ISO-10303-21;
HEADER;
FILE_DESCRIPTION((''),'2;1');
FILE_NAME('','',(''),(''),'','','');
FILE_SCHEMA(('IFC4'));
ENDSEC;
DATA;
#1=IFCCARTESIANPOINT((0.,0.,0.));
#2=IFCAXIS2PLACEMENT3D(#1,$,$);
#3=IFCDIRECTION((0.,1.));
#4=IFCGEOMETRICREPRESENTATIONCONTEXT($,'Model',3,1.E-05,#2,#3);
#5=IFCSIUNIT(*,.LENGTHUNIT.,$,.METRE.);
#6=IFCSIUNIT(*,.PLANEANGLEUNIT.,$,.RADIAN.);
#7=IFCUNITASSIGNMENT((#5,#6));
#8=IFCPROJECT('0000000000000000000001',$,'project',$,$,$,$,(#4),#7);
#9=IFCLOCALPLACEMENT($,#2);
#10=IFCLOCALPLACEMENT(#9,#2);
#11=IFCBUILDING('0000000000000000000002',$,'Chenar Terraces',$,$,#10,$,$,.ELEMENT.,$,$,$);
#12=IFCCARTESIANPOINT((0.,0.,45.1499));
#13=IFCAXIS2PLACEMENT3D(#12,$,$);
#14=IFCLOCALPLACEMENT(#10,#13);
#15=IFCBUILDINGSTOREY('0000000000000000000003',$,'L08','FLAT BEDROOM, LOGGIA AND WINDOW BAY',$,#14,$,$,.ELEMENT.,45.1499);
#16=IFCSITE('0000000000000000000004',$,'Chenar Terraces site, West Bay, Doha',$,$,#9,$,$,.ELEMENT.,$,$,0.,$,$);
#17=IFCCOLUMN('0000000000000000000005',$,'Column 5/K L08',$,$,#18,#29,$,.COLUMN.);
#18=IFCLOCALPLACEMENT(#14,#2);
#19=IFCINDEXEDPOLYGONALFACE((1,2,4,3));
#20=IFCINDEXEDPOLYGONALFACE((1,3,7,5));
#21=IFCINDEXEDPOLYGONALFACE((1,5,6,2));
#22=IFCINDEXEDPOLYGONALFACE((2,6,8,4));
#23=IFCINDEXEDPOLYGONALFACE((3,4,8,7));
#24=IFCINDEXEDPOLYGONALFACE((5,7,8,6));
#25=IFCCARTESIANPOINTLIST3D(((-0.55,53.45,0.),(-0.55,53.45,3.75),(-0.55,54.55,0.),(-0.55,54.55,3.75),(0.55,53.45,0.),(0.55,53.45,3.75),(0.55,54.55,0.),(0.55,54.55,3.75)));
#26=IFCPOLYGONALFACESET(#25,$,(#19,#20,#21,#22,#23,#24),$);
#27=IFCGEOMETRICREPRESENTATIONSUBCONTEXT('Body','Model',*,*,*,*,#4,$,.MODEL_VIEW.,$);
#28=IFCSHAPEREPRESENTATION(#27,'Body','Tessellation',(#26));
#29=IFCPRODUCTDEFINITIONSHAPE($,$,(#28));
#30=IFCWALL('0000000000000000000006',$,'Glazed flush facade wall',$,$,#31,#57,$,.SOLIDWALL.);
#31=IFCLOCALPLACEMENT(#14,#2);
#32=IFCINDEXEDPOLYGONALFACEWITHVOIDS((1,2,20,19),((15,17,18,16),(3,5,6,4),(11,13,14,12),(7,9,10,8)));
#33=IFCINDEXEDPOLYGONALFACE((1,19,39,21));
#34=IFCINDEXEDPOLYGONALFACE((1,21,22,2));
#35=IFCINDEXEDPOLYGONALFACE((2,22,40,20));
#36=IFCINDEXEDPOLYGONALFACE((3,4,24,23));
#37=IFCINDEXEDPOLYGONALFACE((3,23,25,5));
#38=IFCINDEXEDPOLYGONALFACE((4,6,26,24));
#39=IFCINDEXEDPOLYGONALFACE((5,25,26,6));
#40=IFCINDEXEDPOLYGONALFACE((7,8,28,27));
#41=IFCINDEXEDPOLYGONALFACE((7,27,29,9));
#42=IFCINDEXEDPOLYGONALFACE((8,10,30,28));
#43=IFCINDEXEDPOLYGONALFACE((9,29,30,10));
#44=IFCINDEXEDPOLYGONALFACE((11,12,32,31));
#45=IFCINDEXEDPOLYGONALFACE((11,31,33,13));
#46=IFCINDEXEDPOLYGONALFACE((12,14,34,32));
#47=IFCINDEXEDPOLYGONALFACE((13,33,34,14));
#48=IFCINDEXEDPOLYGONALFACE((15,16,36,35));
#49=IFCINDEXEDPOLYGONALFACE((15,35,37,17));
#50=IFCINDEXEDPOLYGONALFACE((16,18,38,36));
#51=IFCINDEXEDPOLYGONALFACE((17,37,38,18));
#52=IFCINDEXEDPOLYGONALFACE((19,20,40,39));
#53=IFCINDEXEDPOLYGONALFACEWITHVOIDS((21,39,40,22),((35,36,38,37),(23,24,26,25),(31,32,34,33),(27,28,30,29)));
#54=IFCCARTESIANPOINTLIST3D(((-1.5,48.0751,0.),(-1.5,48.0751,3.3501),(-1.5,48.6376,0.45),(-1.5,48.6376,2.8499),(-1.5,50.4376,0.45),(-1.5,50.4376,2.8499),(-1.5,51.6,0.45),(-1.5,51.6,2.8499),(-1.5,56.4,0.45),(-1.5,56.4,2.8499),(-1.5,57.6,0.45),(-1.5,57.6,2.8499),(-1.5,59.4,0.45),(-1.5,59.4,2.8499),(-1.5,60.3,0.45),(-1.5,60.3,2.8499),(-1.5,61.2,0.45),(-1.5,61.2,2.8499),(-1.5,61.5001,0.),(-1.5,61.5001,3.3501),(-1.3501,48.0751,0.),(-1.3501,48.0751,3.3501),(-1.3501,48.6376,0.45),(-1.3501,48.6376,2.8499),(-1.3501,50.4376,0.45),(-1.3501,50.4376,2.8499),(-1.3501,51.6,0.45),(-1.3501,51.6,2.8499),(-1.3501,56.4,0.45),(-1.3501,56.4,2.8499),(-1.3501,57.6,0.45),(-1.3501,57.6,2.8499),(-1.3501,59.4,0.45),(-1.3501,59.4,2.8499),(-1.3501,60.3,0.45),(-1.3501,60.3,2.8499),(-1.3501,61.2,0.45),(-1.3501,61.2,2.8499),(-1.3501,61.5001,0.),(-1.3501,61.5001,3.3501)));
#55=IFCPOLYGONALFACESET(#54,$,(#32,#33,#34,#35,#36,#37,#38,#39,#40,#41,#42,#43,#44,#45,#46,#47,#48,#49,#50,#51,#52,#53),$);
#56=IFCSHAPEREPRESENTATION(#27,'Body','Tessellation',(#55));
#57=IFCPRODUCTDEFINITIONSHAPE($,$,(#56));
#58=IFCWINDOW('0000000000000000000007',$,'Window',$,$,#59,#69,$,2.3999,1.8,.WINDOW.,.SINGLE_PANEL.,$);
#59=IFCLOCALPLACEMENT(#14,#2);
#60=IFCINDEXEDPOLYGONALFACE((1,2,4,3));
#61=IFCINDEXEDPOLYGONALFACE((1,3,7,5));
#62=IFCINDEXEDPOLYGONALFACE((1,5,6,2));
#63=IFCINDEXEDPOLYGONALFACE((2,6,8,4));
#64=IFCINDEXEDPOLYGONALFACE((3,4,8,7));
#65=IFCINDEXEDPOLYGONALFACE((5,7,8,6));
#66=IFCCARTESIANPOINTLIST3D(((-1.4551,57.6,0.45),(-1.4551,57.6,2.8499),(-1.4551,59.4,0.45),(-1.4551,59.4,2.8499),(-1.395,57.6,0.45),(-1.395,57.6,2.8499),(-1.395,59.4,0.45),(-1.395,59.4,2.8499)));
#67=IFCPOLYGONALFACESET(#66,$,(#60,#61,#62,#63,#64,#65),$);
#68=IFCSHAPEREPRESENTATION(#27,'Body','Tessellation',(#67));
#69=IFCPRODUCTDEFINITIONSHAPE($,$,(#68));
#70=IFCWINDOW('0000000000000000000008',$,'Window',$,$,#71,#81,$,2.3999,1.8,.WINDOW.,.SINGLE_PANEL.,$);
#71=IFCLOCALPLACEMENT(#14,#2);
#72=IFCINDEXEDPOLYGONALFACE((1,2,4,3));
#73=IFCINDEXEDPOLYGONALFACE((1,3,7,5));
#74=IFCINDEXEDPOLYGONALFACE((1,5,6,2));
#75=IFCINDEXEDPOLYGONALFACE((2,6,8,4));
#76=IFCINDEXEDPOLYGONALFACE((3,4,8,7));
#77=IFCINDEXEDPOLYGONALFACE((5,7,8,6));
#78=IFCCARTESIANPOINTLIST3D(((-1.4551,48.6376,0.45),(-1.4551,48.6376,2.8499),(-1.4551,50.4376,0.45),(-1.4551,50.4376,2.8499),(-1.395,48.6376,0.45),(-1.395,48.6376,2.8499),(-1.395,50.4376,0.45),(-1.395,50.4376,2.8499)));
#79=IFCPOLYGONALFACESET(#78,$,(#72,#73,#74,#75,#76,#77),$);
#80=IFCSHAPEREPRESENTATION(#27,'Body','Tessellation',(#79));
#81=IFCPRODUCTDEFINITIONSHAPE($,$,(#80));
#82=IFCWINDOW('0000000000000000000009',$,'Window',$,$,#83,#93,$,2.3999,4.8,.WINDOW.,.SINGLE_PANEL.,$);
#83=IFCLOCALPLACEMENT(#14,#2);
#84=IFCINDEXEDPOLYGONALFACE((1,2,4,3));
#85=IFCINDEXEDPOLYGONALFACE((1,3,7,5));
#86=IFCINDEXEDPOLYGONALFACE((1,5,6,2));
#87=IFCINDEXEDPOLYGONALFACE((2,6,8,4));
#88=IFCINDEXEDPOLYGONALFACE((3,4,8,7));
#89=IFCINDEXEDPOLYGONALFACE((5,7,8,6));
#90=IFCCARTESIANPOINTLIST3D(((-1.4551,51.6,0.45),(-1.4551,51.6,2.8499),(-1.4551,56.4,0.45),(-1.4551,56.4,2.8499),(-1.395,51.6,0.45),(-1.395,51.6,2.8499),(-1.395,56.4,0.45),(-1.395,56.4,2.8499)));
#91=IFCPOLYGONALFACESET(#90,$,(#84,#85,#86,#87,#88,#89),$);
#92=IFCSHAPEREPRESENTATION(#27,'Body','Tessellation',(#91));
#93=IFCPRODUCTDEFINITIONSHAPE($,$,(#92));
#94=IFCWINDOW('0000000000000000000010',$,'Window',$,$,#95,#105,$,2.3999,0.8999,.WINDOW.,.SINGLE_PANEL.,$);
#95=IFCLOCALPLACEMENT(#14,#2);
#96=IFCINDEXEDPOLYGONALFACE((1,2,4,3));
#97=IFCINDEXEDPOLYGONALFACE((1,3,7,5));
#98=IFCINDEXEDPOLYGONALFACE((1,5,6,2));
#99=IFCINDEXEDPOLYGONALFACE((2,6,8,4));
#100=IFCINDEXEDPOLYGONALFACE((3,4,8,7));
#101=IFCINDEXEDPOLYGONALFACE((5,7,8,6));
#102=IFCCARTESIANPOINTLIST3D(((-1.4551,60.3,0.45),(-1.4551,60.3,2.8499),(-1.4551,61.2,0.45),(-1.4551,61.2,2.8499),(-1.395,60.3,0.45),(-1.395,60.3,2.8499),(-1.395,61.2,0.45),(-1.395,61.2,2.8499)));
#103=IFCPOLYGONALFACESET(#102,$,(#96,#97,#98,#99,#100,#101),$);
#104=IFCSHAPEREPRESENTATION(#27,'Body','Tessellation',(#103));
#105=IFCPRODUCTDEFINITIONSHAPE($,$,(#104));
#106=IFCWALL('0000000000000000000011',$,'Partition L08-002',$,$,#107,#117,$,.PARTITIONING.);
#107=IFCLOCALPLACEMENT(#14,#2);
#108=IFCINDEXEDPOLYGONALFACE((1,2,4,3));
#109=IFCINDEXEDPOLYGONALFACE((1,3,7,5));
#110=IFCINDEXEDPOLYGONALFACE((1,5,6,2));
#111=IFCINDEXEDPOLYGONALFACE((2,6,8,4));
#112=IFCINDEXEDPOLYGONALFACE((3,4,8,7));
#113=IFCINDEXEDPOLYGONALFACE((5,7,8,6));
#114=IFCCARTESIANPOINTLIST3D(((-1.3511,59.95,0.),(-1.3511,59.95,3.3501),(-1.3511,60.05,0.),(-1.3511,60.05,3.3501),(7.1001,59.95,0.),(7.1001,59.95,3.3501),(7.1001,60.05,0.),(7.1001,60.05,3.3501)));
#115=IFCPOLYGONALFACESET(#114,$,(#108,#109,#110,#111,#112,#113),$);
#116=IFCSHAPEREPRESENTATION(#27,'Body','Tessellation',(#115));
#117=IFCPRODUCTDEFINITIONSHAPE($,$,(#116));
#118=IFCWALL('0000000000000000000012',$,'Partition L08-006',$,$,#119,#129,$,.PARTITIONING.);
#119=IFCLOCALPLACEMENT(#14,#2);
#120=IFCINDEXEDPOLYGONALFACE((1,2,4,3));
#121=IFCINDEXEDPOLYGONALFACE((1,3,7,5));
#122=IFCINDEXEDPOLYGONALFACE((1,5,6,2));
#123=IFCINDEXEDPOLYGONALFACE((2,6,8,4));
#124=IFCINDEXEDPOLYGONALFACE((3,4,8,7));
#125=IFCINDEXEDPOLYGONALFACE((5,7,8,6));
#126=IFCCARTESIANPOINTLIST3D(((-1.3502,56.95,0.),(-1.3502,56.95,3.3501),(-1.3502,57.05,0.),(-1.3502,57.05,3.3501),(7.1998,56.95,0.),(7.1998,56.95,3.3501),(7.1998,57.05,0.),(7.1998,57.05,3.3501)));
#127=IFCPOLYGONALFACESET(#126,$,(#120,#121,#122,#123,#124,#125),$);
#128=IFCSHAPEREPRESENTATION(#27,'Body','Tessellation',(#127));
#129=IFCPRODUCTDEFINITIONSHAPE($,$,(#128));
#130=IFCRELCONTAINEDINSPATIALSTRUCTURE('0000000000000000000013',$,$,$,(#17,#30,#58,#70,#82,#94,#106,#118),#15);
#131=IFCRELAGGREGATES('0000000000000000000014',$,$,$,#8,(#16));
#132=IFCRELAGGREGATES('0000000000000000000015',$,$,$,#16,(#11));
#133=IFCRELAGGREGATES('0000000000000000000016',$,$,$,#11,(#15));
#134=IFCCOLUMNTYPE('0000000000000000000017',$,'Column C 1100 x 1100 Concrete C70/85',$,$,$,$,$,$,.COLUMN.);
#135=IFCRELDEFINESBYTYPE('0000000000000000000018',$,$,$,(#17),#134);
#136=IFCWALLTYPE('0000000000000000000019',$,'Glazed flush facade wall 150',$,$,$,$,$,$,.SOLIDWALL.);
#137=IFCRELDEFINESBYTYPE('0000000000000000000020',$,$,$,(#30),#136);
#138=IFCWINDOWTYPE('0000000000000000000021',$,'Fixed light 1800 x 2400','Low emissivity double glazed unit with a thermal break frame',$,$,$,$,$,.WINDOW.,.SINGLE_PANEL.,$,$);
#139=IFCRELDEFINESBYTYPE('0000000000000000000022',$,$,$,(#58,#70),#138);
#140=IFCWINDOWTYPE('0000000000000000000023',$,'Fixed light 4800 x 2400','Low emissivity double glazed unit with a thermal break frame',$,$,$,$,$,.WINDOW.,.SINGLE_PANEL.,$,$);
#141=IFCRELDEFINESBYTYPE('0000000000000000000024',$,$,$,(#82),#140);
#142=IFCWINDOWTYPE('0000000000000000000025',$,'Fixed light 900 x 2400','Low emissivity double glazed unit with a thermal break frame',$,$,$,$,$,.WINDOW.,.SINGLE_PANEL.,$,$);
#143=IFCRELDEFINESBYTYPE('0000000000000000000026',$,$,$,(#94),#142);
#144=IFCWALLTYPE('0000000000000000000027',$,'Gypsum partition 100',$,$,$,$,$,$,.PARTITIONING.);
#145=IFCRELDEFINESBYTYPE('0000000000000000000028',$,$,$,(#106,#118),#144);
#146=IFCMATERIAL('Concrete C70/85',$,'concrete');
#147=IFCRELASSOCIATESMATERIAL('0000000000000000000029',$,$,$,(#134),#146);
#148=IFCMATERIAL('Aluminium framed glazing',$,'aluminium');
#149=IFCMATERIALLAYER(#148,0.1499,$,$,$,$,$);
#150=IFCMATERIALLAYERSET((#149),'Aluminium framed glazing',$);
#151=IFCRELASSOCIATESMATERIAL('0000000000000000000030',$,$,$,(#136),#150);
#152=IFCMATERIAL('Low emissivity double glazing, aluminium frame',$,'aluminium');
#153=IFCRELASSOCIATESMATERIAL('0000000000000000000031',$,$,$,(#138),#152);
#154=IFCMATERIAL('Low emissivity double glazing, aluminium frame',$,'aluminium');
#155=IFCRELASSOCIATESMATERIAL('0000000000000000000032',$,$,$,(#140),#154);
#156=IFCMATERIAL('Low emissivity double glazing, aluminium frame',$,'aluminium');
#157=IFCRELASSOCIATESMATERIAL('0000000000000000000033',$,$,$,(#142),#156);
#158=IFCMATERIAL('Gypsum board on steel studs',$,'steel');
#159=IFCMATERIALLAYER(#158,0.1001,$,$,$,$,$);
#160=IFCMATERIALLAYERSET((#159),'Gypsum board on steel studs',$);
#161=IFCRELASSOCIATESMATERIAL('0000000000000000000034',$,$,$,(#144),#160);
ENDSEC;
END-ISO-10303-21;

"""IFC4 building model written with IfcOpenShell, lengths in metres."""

from ifc_helpers import new_model, si_unit, direction, frame, frame_2d, origin, origin_2d, place, context, subcontext, project, spatial, rectangle, extrude, material, layer, layer_set, material_profile, profile_set, type_object, element, fill, save


model = new_model("IFC4")

# Units and contexts
model_context = context("Model", 3, precision=1e-05, world=origin(), true_north=direction((0.0, 1.0)))
body_context = subcontext(model_context, "Body", "Model", "MODEL_VIEW")
ifc_project = project(units=[si_unit("LENGTHUNIT", "METRE"), si_unit("PLANEANGLEUNIT", "RADIAN")], contexts=[model_context])

# Site, building, storey
site_placement = place(None, origin())
site = spatial("IfcSite", under=ifc_project, at=site_placement, Name="Chenar Terraces site, West Bay, Doha", CompositionType="ELEMENT", RefElevation=0.0)
building_placement = place(site_placement, origin())
building = spatial("IfcBuilding", under=site, at=building_placement, Name="Chenar Terraces", CompositionType="ELEMENT")
storey_placement = place(building_placement, frame((0.0, 0.0, 45.1499)))
storey = spatial("IfcBuildingStorey", under=building, at=storey_placement, Name="L08", Description="FLAT BEDROOM, LOGGIA AND WINDOW BAY", CompositionType="ELEMENT", Elevation=45.1499)

# Column
ifc_material_1 = material(Name="Concrete C70/85", Category="concrete")
ifc_material_profile = material_profile(ifc_material_1, rectangle(XDim=1.1001, YDim=1.1001, at=origin_2d()), Name="C 1100 x 1100")
ifc_profile_set = profile_set([ifc_material_profile], Name="Concrete C70/85")
column_type = type_object("IfcColumnType", Name="Column C 1100 x 1100 Concrete C70/85", PredefinedType="COLUMN", material=ifc_profile_set)
column_placement = place(storey_placement, frame((0.0, 54.0, 0.0), z_axis=(0.0, 0.0, 1.0), x_axis=(1.0, 0.0, 0.0)))
element("IfcColumn", 1, at=column_placement, inside=storey, type_object=column_type, Name="Column 5/K L08", PredefinedType="COLUMN", context=body_context, shape_type="SweptSolid", body=[
    extrude(rectangle(XDim=1.1001, YDim=1.1001, at=origin_2d()), origin(), (0.0, 0.0, 1.0), 3.75),
])

# Wall, openings, windows
ifc_material_2 = material(Name="Aluminium framed glazing", Category="aluminium")
ifc_layer_1 = layer(ifc_material_2, 0.1499)
ifc_layer_set_1 = layer_set([ifc_layer_1], Name="Aluminium framed glazing")
wall_type_1 = type_object("IfcWallType", Name="Glazed flush facade wall 150", PredefinedType="SOLIDWALL", material=ifc_layer_set_1)
wall_1_placement = place(storey_placement, frame((-1.425, 61.5, 0.0), z_axis=(0.0, 0.0, 1.0), x_axis=(0.0, -1.0, 0.0)))
wall_1 = element("IfcWall", 2, at=wall_1_placement, inside=storey, type_object=wall_type_1, Name="Glazed flush facade wall", PredefinedType="SOLIDWALL", context=body_context, shape_type="SweptSolid", body=[
    extrude(rectangle(XDim=13.425, YDim=0.1499, at=frame_2d((6.7124, 0.0))), origin(), (0.0, 0.0, 1.0), 3.3501),
])
opening_1_placement = place(wall_1_placement, frame((0.3, 0.0, 0.45)))
opening_1 = element("IfcOpeningElement", 3, at=opening_1_placement, cuts=wall_1, PredefinedType="OPENING", context=body_context, shape_type="SweptSolid", body=[
    extrude(rectangle(XDim=0.8999, YDim=2.3999, at=frame_2d((0.45, 1.2))), frame((0.0, 0.085, 0.0), z_axis=(0.0, -1.0, 0.0), x_axis=(1.0, 0.0, 0.0)), (0.0, 0.0, 1.0), 0.1699),
])
opening_2_placement = place(wall_1_placement, frame((2.1001, 0.0, 0.45)))
opening_2 = element("IfcOpeningElement", 4, at=opening_2_placement, cuts=wall_1, PredefinedType="OPENING", context=body_context, shape_type="SweptSolid", body=[
    extrude(rectangle(XDim=1.8, YDim=2.3999, at=frame_2d((0.8999, 1.2))), frame((0.0, 0.085, 0.0), z_axis=(0.0, -1.0, 0.0), x_axis=(1.0, 0.0, 0.0)), (0.0, 0.0, 1.0), 0.1699),
])
opening_3_placement = place(wall_1_placement, frame((5.1001, 0.0, 0.45)))
opening_3 = element("IfcOpeningElement", 5, at=opening_3_placement, cuts=wall_1, PredefinedType="OPENING", context=body_context, shape_type="SweptSolid", body=[
    extrude(rectangle(XDim=4.8, YDim=2.3999, at=frame_2d((2.3999, 1.2))), frame((0.0, 0.085, 0.0), z_axis=(0.0, -1.0, 0.0), x_axis=(1.0, 0.0, 0.0)), (0.0, 0.0, 1.0), 0.1699),
])
opening_4_placement = place(wall_1_placement, frame((11.0625, 0.0, 0.45)))
opening_4 = element("IfcOpeningElement", 6, at=opening_4_placement, cuts=wall_1, PredefinedType="OPENING", context=body_context, shape_type="SweptSolid", body=[
    extrude(rectangle(XDim=1.8, YDim=2.3999, at=frame_2d((0.8999, 1.2))), frame((0.0, 0.085, 0.0), z_axis=(0.0, -1.0, 0.0), x_axis=(1.0, 0.0, 0.0)), (0.0, 0.0, 1.0), 0.1699),
])
ifc_material_3 = material(Name="Low emissivity double glazing, aluminium frame", Category="aluminium")
window_type_1 = type_object("IfcWindowType", Name="Fixed light 1800 x 2400", Description="Low emissivity double glazed unit with a thermal break frame", PartitioningType="SINGLE_PANEL", PredefinedType="WINDOW", material=ifc_material_3)
window_1_placement = place(opening_2_placement, origin())
window_1 = element("IfcWindow", 7, at=window_1_placement, inside=storey, type_object=window_type_1, Name="Window", OverallHeight=2.3999, OverallWidth=1.8, PartitioningType="SINGLE_PANEL", PredefinedType="WINDOW", context=body_context, shape_type="SweptSolid", body=[
    extrude(rectangle(XDim=1.8, YDim=2.3999, at=frame_2d((0.8999, 1.2))), frame((0.0, 0.03, 0.0), z_axis=(0.0, -1.0, 0.0), x_axis=(1.0, 0.0, 0.0)), (0.0, 0.0, 1.0), 0.0601),
])
fill(opening_2, window_1)
window_2_placement = place(opening_4_placement, origin())
window_2 = element("IfcWindow", 8, at=window_2_placement, inside=storey, type_object=window_type_1, Name="Window", OverallHeight=2.3999, OverallWidth=1.8, PartitioningType="SINGLE_PANEL", PredefinedType="WINDOW", context=body_context, shape_type="SweptSolid", body=[
    extrude(rectangle(XDim=1.8, YDim=2.3999, at=frame_2d((0.8999, 1.2))), frame((0.0, 0.03, 0.0), z_axis=(0.0, -1.0, 0.0), x_axis=(1.0, 0.0, 0.0)), (0.0, 0.0, 1.0), 0.0601),
])
fill(opening_4, window_2)
ifc_material_4 = material(Name="Low emissivity double glazing, aluminium frame", Category="aluminium")
window_type_2 = type_object("IfcWindowType", Name="Fixed light 4800 x 2400", Description="Low emissivity double glazed unit with a thermal break frame", PartitioningType="SINGLE_PANEL", PredefinedType="WINDOW", material=ifc_material_4)
window_3_placement = place(opening_3_placement, origin())
window_3 = element("IfcWindow", 9, at=window_3_placement, inside=storey, type_object=window_type_2, Name="Window", OverallHeight=2.3999, OverallWidth=4.8, PartitioningType="SINGLE_PANEL", PredefinedType="WINDOW", context=body_context, shape_type="SweptSolid", body=[
    extrude(rectangle(XDim=4.8, YDim=2.3999, at=frame_2d((2.3999, 1.2))), frame((0.0, 0.03, 0.0), z_axis=(0.0, -1.0, 0.0), x_axis=(1.0, 0.0, 0.0)), (0.0, 0.0, 1.0), 0.0601),
])
fill(opening_3, window_3)
ifc_material_5 = material(Name="Low emissivity double glazing, aluminium frame", Category="aluminium")
window_type_3 = type_object("IfcWindowType", Name="Fixed light 900 x 2400", Description="Low emissivity double glazed unit with a thermal break frame", PartitioningType="SINGLE_PANEL", PredefinedType="WINDOW", material=ifc_material_5)
window_4_placement = place(opening_1_placement, origin())
window_4 = element("IfcWindow", 10, at=window_4_placement, inside=storey, type_object=window_type_3, Name="Window", OverallHeight=2.3999, OverallWidth=0.8999, PartitioningType="SINGLE_PANEL", PredefinedType="WINDOW", context=body_context, shape_type="SweptSolid", body=[
    extrude(rectangle(XDim=0.8999, YDim=2.3999, at=frame_2d((0.45, 1.2))), frame((0.0, 0.03, 0.0), z_axis=(0.0, -1.0, 0.0), x_axis=(1.0, 0.0, 0.0)), (0.0, 0.0, 1.0), 0.0601),
])
fill(opening_1, window_4)

# Walls
ifc_material_6 = material(Name="Gypsum board on steel studs", Category="steel")
ifc_layer_2 = layer(ifc_material_6, 0.1001)
ifc_layer_set_2 = layer_set([ifc_layer_2], Name="Gypsum board on steel studs")
wall_type_2 = type_object("IfcWallType", Name="Gypsum partition 100", PredefinedType="PARTITIONING", material=ifc_layer_set_2)
wall_2_placement = place(storey_placement, frame((-1.3511, 60.0, 0.0), z_axis=(0.0, 0.0, 1.0), x_axis=(1.0, 0.0, 0.0)))
element("IfcWall", 11, at=wall_2_placement, inside=storey, type_object=wall_type_2, Name="Partition L08-002", PredefinedType="PARTITIONING", context=body_context, shape_type="SweptSolid", body=[
    extrude(rectangle(XDim=8.4512, YDim=0.1001, at=frame_2d((4.2256, 0.0))), origin(), (0.0, 0.0, 1.0), 3.3501),
])
wall_3_placement = place(storey_placement, frame((-1.3501, 57.0, 0.0), z_axis=(0.0, 0.0, 1.0), x_axis=(1.0, 0.0, 0.0)))
element("IfcWall", 12, at=wall_3_placement, inside=storey, type_object=wall_type_2, Name="Partition L08-006", PredefinedType="PARTITIONING", context=body_context, shape_type="SweptSolid", body=[
    extrude(rectangle(XDim=8.55, YDim=0.1001, at=frame_2d((4.2749, 0.0))), origin(), (0.0, 0.0, 1.0), 3.3501),
])

save(model, "model.ifc")
